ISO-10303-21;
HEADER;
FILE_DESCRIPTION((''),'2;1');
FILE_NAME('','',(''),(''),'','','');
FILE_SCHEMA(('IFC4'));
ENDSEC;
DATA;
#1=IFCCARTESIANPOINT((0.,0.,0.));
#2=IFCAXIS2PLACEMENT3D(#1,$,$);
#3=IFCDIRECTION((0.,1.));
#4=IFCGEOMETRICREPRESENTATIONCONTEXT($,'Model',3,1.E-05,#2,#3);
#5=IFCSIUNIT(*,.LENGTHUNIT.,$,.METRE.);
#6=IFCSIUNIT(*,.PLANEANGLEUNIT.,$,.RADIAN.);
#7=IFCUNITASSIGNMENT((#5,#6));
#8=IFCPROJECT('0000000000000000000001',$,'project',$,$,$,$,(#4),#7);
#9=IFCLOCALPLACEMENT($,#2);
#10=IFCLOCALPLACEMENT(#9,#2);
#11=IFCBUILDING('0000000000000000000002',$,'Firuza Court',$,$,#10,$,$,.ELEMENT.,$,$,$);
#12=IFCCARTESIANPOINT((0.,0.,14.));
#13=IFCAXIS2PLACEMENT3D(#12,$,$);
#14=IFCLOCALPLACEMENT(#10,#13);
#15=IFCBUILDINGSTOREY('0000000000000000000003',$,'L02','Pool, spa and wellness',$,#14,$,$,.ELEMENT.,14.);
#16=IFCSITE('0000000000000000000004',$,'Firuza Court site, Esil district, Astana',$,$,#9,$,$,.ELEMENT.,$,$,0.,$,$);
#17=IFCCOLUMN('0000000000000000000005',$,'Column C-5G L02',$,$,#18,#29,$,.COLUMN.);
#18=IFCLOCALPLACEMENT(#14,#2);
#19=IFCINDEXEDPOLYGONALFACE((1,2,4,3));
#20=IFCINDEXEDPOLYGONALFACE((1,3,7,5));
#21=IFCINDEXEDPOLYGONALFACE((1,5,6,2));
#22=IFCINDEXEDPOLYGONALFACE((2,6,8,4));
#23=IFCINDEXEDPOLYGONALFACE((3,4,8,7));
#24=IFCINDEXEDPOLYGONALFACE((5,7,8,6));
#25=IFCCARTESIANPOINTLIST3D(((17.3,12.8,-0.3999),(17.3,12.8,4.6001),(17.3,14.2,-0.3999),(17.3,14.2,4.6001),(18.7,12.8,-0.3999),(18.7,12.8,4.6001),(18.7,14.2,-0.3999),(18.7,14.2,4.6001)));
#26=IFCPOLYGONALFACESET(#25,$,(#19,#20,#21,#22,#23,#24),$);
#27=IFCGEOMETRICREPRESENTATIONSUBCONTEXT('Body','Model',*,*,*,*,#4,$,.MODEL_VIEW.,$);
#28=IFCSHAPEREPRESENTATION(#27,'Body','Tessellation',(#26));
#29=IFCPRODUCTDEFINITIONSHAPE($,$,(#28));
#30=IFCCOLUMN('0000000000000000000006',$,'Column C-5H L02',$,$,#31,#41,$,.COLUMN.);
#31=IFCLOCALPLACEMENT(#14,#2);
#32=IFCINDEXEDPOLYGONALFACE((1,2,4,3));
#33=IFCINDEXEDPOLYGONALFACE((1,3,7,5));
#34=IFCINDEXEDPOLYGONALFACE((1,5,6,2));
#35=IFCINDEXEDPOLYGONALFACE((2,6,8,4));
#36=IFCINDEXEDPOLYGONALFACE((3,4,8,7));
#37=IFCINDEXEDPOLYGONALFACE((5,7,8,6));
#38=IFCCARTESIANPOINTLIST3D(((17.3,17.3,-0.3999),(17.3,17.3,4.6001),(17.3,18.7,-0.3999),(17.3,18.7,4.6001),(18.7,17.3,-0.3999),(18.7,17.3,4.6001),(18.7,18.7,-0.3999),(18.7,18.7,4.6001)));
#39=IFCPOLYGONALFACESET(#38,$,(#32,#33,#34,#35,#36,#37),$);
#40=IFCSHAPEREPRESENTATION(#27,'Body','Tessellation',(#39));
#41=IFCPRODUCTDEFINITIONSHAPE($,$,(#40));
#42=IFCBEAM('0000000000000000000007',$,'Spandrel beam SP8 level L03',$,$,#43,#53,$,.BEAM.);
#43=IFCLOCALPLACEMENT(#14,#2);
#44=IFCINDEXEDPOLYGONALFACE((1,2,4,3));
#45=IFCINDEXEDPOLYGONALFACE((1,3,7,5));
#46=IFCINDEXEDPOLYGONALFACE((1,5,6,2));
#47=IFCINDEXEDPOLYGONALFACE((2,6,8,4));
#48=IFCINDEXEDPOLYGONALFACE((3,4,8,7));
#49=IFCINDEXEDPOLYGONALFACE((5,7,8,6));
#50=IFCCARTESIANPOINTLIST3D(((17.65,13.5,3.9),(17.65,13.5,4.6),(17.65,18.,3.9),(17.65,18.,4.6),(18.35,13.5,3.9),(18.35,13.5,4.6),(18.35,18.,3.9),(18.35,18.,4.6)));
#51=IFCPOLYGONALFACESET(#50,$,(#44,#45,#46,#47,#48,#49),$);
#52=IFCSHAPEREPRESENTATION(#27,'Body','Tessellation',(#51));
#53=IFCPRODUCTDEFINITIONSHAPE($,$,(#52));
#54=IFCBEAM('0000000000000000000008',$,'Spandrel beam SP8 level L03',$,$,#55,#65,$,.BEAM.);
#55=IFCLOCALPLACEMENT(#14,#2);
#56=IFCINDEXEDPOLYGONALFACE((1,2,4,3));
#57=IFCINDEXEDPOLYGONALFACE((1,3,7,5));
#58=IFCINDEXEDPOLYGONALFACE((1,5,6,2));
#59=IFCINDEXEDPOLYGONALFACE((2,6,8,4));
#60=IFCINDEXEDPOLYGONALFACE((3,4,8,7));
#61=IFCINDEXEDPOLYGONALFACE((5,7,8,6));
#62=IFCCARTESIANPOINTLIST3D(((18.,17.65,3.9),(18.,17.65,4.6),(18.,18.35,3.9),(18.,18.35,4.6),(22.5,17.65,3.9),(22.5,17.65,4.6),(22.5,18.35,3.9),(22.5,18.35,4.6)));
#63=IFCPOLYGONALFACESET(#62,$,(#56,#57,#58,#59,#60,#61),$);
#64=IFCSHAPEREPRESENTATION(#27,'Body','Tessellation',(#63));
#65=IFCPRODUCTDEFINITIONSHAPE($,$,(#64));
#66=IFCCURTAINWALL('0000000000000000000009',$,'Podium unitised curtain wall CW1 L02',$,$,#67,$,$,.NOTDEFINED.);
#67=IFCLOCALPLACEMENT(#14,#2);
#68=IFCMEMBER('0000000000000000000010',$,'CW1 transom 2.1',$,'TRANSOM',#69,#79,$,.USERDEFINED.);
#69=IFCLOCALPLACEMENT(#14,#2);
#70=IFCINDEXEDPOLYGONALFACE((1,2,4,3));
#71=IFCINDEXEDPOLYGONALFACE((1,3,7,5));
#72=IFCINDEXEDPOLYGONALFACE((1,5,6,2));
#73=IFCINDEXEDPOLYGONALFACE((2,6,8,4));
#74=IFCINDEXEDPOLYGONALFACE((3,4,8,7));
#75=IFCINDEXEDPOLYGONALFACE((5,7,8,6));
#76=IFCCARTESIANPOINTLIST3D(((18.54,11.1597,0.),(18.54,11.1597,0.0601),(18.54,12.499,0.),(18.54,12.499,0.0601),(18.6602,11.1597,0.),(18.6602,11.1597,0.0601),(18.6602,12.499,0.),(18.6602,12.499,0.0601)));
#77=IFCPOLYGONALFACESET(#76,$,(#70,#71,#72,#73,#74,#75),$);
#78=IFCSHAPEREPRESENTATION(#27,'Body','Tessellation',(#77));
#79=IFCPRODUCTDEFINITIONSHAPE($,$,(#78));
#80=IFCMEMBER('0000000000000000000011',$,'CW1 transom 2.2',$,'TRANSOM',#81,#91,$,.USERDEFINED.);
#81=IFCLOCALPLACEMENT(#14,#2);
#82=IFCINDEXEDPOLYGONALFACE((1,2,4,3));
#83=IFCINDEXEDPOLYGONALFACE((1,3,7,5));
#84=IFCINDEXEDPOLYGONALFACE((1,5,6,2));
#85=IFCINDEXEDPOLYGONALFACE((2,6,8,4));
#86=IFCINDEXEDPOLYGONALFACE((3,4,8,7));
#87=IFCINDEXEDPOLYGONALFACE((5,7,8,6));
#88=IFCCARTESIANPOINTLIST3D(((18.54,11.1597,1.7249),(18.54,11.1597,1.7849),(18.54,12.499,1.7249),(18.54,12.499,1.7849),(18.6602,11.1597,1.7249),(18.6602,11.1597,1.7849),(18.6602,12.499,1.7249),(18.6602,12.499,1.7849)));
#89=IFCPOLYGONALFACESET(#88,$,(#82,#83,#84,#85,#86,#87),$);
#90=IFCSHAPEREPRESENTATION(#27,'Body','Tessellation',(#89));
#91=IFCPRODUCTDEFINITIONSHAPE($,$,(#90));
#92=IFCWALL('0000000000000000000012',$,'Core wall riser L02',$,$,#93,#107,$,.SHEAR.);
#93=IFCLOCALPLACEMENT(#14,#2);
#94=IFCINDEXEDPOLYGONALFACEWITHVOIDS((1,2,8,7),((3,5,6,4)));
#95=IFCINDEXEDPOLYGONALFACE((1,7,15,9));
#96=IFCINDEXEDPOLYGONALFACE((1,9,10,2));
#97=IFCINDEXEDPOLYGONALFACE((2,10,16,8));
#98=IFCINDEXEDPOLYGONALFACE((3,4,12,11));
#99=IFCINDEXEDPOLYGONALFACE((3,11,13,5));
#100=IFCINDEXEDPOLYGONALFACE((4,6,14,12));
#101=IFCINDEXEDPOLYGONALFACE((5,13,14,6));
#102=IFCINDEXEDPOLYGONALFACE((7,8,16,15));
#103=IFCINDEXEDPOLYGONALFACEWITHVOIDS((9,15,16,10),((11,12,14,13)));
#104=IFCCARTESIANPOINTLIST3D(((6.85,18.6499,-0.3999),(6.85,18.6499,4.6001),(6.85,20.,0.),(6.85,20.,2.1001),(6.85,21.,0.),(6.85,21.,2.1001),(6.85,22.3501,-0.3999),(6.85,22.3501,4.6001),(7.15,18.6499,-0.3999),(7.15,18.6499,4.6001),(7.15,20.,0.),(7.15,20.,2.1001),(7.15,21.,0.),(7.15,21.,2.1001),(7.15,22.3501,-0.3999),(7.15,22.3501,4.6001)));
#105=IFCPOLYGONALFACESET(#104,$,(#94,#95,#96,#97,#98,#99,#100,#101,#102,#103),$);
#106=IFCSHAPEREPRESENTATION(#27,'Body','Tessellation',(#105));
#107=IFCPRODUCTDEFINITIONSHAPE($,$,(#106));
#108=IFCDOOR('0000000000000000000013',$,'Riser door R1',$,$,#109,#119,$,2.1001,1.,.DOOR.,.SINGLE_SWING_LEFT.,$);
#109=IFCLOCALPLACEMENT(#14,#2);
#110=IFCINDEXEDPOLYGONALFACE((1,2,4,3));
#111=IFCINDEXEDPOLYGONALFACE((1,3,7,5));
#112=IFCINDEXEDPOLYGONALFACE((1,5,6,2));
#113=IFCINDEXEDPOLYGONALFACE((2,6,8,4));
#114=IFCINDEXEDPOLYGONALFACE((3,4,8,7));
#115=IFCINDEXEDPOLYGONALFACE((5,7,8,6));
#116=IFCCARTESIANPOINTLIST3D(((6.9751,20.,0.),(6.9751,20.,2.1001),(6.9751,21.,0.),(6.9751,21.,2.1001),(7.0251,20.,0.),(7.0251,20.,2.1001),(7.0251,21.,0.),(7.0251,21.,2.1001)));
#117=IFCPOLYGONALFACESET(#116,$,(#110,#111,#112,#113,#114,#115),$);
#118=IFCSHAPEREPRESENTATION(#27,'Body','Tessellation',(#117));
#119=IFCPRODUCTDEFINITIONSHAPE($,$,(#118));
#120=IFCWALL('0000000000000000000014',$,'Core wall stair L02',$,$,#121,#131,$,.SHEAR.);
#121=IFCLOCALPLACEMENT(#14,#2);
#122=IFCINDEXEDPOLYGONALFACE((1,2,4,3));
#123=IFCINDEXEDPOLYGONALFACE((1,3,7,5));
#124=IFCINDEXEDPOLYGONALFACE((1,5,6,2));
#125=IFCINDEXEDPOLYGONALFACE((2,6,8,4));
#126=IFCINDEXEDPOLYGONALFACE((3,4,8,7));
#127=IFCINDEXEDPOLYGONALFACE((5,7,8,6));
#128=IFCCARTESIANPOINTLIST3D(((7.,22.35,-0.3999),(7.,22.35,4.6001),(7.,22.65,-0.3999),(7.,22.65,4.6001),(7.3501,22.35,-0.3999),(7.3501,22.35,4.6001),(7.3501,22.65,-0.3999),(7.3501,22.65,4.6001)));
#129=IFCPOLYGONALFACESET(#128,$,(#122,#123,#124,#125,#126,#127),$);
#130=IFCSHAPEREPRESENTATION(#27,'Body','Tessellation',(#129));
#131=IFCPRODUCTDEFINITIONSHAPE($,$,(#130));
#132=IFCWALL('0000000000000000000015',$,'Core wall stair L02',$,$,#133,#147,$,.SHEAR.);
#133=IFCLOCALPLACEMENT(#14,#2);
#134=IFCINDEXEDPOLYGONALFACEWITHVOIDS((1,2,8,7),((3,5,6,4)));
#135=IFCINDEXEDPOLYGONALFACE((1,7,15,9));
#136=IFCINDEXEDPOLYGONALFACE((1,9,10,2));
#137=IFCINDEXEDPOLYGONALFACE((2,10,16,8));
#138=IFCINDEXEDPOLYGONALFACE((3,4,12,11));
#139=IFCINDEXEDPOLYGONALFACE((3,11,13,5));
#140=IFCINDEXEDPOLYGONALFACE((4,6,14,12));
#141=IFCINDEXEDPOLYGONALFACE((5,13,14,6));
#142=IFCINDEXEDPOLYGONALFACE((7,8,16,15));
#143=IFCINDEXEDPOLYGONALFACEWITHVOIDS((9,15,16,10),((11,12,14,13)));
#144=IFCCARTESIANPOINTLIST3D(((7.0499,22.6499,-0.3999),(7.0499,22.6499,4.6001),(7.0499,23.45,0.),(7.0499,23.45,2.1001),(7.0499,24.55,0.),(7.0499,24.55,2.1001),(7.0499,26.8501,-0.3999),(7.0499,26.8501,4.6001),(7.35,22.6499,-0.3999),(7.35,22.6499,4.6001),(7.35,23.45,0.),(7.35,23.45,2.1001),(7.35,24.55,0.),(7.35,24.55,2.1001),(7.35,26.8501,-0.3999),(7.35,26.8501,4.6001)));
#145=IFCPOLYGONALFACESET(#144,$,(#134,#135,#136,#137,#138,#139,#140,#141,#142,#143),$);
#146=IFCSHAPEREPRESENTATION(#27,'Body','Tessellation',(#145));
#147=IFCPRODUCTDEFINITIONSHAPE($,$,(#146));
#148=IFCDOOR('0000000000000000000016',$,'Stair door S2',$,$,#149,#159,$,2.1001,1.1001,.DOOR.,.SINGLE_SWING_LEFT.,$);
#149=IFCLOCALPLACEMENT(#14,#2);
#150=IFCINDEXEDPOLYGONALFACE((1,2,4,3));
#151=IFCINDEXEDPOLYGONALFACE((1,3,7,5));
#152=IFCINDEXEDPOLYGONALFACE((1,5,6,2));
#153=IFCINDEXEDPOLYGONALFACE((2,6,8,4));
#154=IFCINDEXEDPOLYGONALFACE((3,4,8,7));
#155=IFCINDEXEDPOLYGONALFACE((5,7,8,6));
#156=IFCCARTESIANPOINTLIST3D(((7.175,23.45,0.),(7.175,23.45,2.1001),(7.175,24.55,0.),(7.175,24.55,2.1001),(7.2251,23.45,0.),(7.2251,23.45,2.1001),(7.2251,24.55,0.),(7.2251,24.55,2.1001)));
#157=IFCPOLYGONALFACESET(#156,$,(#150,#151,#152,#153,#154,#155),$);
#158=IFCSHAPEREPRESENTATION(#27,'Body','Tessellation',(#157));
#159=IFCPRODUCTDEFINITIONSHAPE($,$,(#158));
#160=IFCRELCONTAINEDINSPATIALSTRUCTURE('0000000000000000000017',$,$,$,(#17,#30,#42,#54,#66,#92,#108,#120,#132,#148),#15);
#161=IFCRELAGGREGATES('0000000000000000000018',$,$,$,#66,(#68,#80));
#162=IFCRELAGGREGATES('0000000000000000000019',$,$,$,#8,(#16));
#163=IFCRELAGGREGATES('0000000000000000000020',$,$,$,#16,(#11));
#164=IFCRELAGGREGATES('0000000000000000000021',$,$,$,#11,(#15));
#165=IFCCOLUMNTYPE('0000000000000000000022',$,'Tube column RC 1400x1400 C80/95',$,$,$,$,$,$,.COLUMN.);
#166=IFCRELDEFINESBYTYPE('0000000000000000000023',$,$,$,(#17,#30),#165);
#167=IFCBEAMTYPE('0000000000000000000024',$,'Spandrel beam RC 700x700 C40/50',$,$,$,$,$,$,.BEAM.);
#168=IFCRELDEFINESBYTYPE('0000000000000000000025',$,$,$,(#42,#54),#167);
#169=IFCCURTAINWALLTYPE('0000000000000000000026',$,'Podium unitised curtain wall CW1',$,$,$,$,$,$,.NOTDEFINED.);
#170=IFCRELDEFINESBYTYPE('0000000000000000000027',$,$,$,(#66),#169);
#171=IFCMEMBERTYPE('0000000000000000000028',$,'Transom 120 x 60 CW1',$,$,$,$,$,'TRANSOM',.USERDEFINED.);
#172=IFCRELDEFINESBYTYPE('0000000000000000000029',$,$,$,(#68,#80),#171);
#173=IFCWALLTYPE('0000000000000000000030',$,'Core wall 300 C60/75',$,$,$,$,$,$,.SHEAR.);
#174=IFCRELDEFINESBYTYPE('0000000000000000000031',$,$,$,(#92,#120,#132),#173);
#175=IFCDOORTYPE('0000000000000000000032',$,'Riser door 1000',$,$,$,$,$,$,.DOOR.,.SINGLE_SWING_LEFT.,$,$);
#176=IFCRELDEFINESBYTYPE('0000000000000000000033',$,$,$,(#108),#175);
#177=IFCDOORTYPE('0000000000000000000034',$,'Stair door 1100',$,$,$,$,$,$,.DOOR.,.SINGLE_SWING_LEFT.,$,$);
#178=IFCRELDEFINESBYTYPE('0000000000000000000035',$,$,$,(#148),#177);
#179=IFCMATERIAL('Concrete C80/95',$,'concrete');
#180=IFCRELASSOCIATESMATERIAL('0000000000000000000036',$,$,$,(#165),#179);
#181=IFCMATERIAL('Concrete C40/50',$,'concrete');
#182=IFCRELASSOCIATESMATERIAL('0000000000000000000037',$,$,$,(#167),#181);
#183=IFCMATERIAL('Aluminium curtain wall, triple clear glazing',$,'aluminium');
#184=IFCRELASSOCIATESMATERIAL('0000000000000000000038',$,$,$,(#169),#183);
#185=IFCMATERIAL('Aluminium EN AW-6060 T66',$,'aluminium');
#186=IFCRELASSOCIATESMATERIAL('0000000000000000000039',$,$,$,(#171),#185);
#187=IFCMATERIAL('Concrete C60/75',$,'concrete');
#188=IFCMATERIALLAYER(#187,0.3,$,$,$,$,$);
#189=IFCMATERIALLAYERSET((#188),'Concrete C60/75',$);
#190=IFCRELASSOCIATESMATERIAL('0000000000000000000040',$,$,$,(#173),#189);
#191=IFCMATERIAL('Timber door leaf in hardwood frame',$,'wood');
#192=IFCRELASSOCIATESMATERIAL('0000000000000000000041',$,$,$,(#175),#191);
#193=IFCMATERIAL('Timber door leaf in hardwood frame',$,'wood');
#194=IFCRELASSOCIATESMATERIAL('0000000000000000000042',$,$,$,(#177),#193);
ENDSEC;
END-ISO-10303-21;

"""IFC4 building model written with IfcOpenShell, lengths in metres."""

from ifc_helpers import new_model, si_unit, direction, frame, frame_2d, origin, origin_2d, place, context, subcontext, project, spatial, rectangle, extrude, material, layer, layer_set, material_profile, profile_set, type_object, element, fill, aggregate, save


model = new_model("IFC4")

# Units and contexts
model_context = context("Model", 3, precision=1e-05, world=origin(), true_north=direction((0.0, 1.0)))
body_context = subcontext(model_context, "Body", "Model", "MODEL_VIEW")
ifc_project = project(units=[si_unit("LENGTHUNIT", "METRE"), si_unit("PLANEANGLEUNIT", "RADIAN")], contexts=[model_context])

# Site, building, storey
site_placement = place(None, origin())
site = spatial("IfcSite", under=ifc_project, at=site_placement, Name="Firuza Court site, Esil district, Astana", CompositionType="ELEMENT", RefElevation=0.0)
building_placement = place(site_placement, origin())
building = spatial("IfcBuilding", under=site, at=building_placement, Name="Firuza Court", CompositionType="ELEMENT")
storey_placement = place(building_placement, frame((0.0, 0.0, 14.0)))
storey = spatial("IfcBuildingStorey", under=building, at=storey_placement, Name="L02", Description="Pool, spa and wellness", CompositionType="ELEMENT", Elevation=14.0)

# Columns
ifc_material_1 = material(Name="Concrete C80/95", Category="concrete")
ifc_material_profile_1 = material_profile(ifc_material_1, rectangle(XDim=1.3999, YDim=1.3999, at=origin_2d()), Name="RC 1400x1400")
ifc_profile_set_1 = profile_set([ifc_material_profile_1], Name="Concrete C80/95")
column_type = type_object("IfcColumnType", Name="Tube column RC 1400x1400 C80/95", PredefinedType="COLUMN", material=ifc_profile_set_1)
for number, where, z_axis, x_axis, name in (
    (1, (18.0, 13.5, -0.3999), (0.0, 0.0, 1.0), (1.0, 0.0, 0.0), "Column C-5G L02"),
    (2, (18.0, 18.0, -0.3999), (0.0, 0.0, 1.0), (1.0, 0.0, 0.0), "Column C-5H L02"),
):
    element("IfcColumn", number, at=place(storey_placement, frame(where, z_axis=z_axis, x_axis=x_axis)), inside=storey, type_object=column_type, Name=name, PredefinedType="COLUMN", context=body_context, shape_type="SweptSolid", body=[
        extrude(rectangle(XDim=1.3999, YDim=1.3999, at=origin_2d()), origin(), (0.0, 0.0, 1.0), 5.0),
    ])

# Beams
ifc_material_2 = material(Name="Concrete C40/50", Category="concrete")
ifc_material_profile_2 = material_profile(ifc_material_2, rectangle(XDim=0.7, YDim=0.7, at=origin_2d()), Name="RC 700x700")
ifc_profile_set_2 = profile_set([ifc_material_profile_2], Name="Concrete C40/50")
beam_type = type_object("IfcBeamType", Name="Spandrel beam RC 700x700 C40/50", PredefinedType="BEAM", material=ifc_profile_set_2)
for number, where, z_axis, x_axis, name in (
    (3, (18.0, 13.5, 4.25), (0.0, 1.0, 0.0), (-1.0, 0.0, 0.0), "Spandrel beam SP8 level L03"),
    (4, (18.0, 18.0, 4.25), (1.0, 0.0, 0.0), (0.0, 1.0, 0.0), "Spandrel beam SP8 level L03"),
):
    element("IfcBeam", number, at=place(storey_placement, frame(where, z_axis=z_axis, x_axis=x_axis)), inside=storey, type_object=beam_type, Name=name, PredefinedType="BEAM", context=body_context, shape_type="SweptSolid", body=[
        extrude(rectangle(XDim=0.7, YDim=0.7, at=origin_2d()), origin(), (0.0, 0.0, 1.0), 4.5),
    ])

# Curtain wall, members
ifc_material_3 = material(Name="Aluminium curtain wall, triple clear glazing", Category="aluminium")
curtain_wall_type = type_object("IfcCurtainWallType", Name="Podium unitised curtain wall CW1", PredefinedType="NOTDEFINED", material=ifc_material_3)
curtain_wall_placement = place(storey_placement, origin())
curtain_wall = element("IfcCurtainWall", 5, at=curtain_wall_placement, inside=storey, type_object=curtain_wall_type, Name="Podium unitised curtain wall CW1 L02", PredefinedType="NOTDEFINED")
ifc_material_4 = material(Name="Aluminium EN AW-6060 T66", Category="aluminium")
ifc_material_profile_3 = material_profile(ifc_material_4, rectangle(XDim=0.1201, YDim=0.0601, at=origin_2d()), Name="Transom 120 x 60 CW1")
ifc_profile_set_3 = profile_set([ifc_material_profile_3], Name="Aluminium EN AW-6060 T66")
member_type = type_object("IfcMemberType", Name="Transom 120 x 60 CW1", ElementType="TRANSOM", PredefinedType="USERDEFINED", material=ifc_profile_set_3)
member_1_placement = place(storey_placement, frame((18.6001, 11.1597, 0.03), z_axis=(0.0, 1.0, 0.0), x_axis=(-1.0, 0.0, 0.0)))
member_1 = element("IfcMember", 6, at=member_1_placement, type_object=member_type, Name="CW1 transom 2.1", ObjectType="TRANSOM", PredefinedType="USERDEFINED", context=body_context, shape_type="SweptSolid", body=[
    extrude(rectangle(XDim=0.1201, YDim=0.0601, at=origin_2d()), origin(), (0.0, 0.0, 1.0), 1.3394),
])
member_2_placement = place(storey_placement, frame((18.6001, 11.1597, 1.7549), z_axis=(0.0, 1.0, 0.0), x_axis=(-1.0, 0.0, 0.0)))
member_2 = element("IfcMember", 7, at=member_2_placement, type_object=member_type, Name="CW1 transom 2.2", ObjectType="TRANSOM", PredefinedType="USERDEFINED", context=body_context, shape_type="SweptSolid", body=[
    extrude(rectangle(XDim=0.1201, YDim=0.0601, at=origin_2d()), origin(), (0.0, 0.0, 1.0), 1.3394),
])
aggregate(curtain_wall, [member_1, member_2])

# Wall, opening, door
ifc_material_5 = material(Name="Concrete C60/75", Category="concrete")
ifc_layer_1 = layer(ifc_material_5, 0.3)
ifc_layer_set_1 = layer_set([ifc_layer_1], Name="Concrete C60/75")
wall_type_1 = type_object("IfcWallType", Name="Core wall 300 C60/75", PredefinedType="SHEAR", material=ifc_layer_set_1)
wall_1_placement = place(storey_placement, frame((7.0, 18.6499, -0.3999), z_axis=(0.0, 0.0, 1.0), x_axis=(0.0, 1.0, 0.0)))
wall_1 = element("IfcWall", 8, at=wall_1_placement, inside=storey, type_object=wall_type_1, Name="Core wall riser L02", PredefinedType="SHEAR", context=body_context, shape_type="SweptSolid", body=[
    extrude(rectangle(XDim=3.7002, YDim=0.3, at=frame_2d((1.8501, 0.0))), origin(), (0.0, 0.0, 1.0), 5.0),
])
opening_1_placement = place(wall_1_placement, frame((1.3501, 0.0, 0.3999)))
opening_1 = element("IfcOpeningElement", 9, at=opening_1_placement, cuts=wall_1, PredefinedType="OPENING", context=body_context, shape_type="SweptSolid", body=[
    extrude(rectangle(XDim=1.0, YDim=2.1001, at=frame_2d((0.5, 1.05))), frame((0.0, 0.1621, 0.0), z_axis=(0.0, -1.0, 0.0), x_axis=(1.0, 0.0, 0.0)), (0.0, 0.0, 1.0), 0.324),
])
ifc_material_6 = material(Name="Timber door leaf in hardwood frame", Category="wood")
door_type_1 = type_object("IfcDoorType", Name="Riser door 1000", OperationType="SINGLE_SWING_LEFT", PredefinedType="DOOR", material=ifc_material_6)
door_1_placement = place(opening_1_placement, origin())
door_1 = element("IfcDoor", 10, at=door_1_placement, inside=storey, type_object=door_type_1, Name="Riser door R1", OperationType="SINGLE_SWING_LEFT", OverallHeight=2.1001, OverallWidth=1.0, PredefinedType="DOOR", context=body_context, shape_type="SweptSolid", body=[
    extrude(rectangle(XDim=1.0, YDim=2.1001, at=frame_2d((0.5, 1.05))), frame((0.0, 0.0249, 0.0), z_axis=(0.0, -1.0, 0.0), x_axis=(1.0, 0.0, 0.0)), (0.0, 0.0, 1.0), 0.05),
])
fill(opening_1, door_1)

# Wall
wall_2_placement = place(storey_placement, frame((7.0, 22.5, -0.3999), z_axis=(0.0, 0.0, 1.0), x_axis=(1.0, 0.0, 0.0)))
element("IfcWall", 11, at=wall_2_placement, inside=storey, type_object=wall_type_1, Name="Core wall stair L02", PredefinedType="SHEAR", context=body_context, shape_type="SweptSolid", body=[
    extrude(rectangle(XDim=0.3501, YDim=0.3, at=frame_2d((0.175, 0.0))), origin(), (0.0, 0.0, 1.0), 5.0),
])

# Wall, opening, door
wall_3_placement = place(storey_placement, frame((7.2, 22.6499, -0.3999), z_axis=(0.0, 0.0, 1.0), x_axis=(0.0, 1.0, 0.0)))
wall_3 = element("IfcWall", 12, at=wall_3_placement, inside=storey, type_object=wall_type_1, Name="Core wall stair L02", PredefinedType="SHEAR", context=body_context, shape_type="SweptSolid", body=[
    extrude(rectangle(XDim=4.2002, YDim=0.3, at=frame_2d((2.1001, 0.0))), origin(), (0.0, 0.0, 1.0), 5.0),
])
opening_2_placement = place(wall_3_placement, frame((0.8, 0.0, 0.3999)))
opening_2 = element("IfcOpeningElement", 13, at=opening_2_placement, cuts=wall_3, PredefinedType="OPENING", context=body_context, shape_type="SweptSolid", body=[
    extrude(rectangle(XDim=1.1001, YDim=2.1001, at=frame_2d((0.55, 1.05))), frame((0.0, 0.1621, 0.0), z_axis=(0.0, -1.0, 0.0), x_axis=(1.0, 0.0, 0.0)), (0.0, 0.0, 1.0), 0.324),
])
ifc_material_7 = material(Name="Timber door leaf in hardwood frame", Category="wood")
door_type_2 = type_object("IfcDoorType", Name="Stair door 1100", OperationType="SINGLE_SWING_LEFT", PredefinedType="DOOR", material=ifc_material_7)
door_2_placement = place(opening_2_placement, origin())
door_2 = element("IfcDoor", 14, at=door_2_placement, inside=storey, type_object=door_type_2, Name="Stair door S2", OperationType="SINGLE_SWING_LEFT", OverallHeight=2.1001, OverallWidth=1.1001, PredefinedType="DOOR", context=body_context, shape_type="SweptSolid", body=[
    extrude(rectangle(XDim=1.1001, YDim=2.1001, at=frame_2d((0.55, 1.05))), frame((0.0, 0.0249, 0.0), z_axis=(0.0, -1.0, 0.0), x_axis=(1.0, 0.0, 0.0)), (0.0, 0.0, 1.0), 0.05),
])
fill(opening_2, door_2)

save(model, "model.ifc")
